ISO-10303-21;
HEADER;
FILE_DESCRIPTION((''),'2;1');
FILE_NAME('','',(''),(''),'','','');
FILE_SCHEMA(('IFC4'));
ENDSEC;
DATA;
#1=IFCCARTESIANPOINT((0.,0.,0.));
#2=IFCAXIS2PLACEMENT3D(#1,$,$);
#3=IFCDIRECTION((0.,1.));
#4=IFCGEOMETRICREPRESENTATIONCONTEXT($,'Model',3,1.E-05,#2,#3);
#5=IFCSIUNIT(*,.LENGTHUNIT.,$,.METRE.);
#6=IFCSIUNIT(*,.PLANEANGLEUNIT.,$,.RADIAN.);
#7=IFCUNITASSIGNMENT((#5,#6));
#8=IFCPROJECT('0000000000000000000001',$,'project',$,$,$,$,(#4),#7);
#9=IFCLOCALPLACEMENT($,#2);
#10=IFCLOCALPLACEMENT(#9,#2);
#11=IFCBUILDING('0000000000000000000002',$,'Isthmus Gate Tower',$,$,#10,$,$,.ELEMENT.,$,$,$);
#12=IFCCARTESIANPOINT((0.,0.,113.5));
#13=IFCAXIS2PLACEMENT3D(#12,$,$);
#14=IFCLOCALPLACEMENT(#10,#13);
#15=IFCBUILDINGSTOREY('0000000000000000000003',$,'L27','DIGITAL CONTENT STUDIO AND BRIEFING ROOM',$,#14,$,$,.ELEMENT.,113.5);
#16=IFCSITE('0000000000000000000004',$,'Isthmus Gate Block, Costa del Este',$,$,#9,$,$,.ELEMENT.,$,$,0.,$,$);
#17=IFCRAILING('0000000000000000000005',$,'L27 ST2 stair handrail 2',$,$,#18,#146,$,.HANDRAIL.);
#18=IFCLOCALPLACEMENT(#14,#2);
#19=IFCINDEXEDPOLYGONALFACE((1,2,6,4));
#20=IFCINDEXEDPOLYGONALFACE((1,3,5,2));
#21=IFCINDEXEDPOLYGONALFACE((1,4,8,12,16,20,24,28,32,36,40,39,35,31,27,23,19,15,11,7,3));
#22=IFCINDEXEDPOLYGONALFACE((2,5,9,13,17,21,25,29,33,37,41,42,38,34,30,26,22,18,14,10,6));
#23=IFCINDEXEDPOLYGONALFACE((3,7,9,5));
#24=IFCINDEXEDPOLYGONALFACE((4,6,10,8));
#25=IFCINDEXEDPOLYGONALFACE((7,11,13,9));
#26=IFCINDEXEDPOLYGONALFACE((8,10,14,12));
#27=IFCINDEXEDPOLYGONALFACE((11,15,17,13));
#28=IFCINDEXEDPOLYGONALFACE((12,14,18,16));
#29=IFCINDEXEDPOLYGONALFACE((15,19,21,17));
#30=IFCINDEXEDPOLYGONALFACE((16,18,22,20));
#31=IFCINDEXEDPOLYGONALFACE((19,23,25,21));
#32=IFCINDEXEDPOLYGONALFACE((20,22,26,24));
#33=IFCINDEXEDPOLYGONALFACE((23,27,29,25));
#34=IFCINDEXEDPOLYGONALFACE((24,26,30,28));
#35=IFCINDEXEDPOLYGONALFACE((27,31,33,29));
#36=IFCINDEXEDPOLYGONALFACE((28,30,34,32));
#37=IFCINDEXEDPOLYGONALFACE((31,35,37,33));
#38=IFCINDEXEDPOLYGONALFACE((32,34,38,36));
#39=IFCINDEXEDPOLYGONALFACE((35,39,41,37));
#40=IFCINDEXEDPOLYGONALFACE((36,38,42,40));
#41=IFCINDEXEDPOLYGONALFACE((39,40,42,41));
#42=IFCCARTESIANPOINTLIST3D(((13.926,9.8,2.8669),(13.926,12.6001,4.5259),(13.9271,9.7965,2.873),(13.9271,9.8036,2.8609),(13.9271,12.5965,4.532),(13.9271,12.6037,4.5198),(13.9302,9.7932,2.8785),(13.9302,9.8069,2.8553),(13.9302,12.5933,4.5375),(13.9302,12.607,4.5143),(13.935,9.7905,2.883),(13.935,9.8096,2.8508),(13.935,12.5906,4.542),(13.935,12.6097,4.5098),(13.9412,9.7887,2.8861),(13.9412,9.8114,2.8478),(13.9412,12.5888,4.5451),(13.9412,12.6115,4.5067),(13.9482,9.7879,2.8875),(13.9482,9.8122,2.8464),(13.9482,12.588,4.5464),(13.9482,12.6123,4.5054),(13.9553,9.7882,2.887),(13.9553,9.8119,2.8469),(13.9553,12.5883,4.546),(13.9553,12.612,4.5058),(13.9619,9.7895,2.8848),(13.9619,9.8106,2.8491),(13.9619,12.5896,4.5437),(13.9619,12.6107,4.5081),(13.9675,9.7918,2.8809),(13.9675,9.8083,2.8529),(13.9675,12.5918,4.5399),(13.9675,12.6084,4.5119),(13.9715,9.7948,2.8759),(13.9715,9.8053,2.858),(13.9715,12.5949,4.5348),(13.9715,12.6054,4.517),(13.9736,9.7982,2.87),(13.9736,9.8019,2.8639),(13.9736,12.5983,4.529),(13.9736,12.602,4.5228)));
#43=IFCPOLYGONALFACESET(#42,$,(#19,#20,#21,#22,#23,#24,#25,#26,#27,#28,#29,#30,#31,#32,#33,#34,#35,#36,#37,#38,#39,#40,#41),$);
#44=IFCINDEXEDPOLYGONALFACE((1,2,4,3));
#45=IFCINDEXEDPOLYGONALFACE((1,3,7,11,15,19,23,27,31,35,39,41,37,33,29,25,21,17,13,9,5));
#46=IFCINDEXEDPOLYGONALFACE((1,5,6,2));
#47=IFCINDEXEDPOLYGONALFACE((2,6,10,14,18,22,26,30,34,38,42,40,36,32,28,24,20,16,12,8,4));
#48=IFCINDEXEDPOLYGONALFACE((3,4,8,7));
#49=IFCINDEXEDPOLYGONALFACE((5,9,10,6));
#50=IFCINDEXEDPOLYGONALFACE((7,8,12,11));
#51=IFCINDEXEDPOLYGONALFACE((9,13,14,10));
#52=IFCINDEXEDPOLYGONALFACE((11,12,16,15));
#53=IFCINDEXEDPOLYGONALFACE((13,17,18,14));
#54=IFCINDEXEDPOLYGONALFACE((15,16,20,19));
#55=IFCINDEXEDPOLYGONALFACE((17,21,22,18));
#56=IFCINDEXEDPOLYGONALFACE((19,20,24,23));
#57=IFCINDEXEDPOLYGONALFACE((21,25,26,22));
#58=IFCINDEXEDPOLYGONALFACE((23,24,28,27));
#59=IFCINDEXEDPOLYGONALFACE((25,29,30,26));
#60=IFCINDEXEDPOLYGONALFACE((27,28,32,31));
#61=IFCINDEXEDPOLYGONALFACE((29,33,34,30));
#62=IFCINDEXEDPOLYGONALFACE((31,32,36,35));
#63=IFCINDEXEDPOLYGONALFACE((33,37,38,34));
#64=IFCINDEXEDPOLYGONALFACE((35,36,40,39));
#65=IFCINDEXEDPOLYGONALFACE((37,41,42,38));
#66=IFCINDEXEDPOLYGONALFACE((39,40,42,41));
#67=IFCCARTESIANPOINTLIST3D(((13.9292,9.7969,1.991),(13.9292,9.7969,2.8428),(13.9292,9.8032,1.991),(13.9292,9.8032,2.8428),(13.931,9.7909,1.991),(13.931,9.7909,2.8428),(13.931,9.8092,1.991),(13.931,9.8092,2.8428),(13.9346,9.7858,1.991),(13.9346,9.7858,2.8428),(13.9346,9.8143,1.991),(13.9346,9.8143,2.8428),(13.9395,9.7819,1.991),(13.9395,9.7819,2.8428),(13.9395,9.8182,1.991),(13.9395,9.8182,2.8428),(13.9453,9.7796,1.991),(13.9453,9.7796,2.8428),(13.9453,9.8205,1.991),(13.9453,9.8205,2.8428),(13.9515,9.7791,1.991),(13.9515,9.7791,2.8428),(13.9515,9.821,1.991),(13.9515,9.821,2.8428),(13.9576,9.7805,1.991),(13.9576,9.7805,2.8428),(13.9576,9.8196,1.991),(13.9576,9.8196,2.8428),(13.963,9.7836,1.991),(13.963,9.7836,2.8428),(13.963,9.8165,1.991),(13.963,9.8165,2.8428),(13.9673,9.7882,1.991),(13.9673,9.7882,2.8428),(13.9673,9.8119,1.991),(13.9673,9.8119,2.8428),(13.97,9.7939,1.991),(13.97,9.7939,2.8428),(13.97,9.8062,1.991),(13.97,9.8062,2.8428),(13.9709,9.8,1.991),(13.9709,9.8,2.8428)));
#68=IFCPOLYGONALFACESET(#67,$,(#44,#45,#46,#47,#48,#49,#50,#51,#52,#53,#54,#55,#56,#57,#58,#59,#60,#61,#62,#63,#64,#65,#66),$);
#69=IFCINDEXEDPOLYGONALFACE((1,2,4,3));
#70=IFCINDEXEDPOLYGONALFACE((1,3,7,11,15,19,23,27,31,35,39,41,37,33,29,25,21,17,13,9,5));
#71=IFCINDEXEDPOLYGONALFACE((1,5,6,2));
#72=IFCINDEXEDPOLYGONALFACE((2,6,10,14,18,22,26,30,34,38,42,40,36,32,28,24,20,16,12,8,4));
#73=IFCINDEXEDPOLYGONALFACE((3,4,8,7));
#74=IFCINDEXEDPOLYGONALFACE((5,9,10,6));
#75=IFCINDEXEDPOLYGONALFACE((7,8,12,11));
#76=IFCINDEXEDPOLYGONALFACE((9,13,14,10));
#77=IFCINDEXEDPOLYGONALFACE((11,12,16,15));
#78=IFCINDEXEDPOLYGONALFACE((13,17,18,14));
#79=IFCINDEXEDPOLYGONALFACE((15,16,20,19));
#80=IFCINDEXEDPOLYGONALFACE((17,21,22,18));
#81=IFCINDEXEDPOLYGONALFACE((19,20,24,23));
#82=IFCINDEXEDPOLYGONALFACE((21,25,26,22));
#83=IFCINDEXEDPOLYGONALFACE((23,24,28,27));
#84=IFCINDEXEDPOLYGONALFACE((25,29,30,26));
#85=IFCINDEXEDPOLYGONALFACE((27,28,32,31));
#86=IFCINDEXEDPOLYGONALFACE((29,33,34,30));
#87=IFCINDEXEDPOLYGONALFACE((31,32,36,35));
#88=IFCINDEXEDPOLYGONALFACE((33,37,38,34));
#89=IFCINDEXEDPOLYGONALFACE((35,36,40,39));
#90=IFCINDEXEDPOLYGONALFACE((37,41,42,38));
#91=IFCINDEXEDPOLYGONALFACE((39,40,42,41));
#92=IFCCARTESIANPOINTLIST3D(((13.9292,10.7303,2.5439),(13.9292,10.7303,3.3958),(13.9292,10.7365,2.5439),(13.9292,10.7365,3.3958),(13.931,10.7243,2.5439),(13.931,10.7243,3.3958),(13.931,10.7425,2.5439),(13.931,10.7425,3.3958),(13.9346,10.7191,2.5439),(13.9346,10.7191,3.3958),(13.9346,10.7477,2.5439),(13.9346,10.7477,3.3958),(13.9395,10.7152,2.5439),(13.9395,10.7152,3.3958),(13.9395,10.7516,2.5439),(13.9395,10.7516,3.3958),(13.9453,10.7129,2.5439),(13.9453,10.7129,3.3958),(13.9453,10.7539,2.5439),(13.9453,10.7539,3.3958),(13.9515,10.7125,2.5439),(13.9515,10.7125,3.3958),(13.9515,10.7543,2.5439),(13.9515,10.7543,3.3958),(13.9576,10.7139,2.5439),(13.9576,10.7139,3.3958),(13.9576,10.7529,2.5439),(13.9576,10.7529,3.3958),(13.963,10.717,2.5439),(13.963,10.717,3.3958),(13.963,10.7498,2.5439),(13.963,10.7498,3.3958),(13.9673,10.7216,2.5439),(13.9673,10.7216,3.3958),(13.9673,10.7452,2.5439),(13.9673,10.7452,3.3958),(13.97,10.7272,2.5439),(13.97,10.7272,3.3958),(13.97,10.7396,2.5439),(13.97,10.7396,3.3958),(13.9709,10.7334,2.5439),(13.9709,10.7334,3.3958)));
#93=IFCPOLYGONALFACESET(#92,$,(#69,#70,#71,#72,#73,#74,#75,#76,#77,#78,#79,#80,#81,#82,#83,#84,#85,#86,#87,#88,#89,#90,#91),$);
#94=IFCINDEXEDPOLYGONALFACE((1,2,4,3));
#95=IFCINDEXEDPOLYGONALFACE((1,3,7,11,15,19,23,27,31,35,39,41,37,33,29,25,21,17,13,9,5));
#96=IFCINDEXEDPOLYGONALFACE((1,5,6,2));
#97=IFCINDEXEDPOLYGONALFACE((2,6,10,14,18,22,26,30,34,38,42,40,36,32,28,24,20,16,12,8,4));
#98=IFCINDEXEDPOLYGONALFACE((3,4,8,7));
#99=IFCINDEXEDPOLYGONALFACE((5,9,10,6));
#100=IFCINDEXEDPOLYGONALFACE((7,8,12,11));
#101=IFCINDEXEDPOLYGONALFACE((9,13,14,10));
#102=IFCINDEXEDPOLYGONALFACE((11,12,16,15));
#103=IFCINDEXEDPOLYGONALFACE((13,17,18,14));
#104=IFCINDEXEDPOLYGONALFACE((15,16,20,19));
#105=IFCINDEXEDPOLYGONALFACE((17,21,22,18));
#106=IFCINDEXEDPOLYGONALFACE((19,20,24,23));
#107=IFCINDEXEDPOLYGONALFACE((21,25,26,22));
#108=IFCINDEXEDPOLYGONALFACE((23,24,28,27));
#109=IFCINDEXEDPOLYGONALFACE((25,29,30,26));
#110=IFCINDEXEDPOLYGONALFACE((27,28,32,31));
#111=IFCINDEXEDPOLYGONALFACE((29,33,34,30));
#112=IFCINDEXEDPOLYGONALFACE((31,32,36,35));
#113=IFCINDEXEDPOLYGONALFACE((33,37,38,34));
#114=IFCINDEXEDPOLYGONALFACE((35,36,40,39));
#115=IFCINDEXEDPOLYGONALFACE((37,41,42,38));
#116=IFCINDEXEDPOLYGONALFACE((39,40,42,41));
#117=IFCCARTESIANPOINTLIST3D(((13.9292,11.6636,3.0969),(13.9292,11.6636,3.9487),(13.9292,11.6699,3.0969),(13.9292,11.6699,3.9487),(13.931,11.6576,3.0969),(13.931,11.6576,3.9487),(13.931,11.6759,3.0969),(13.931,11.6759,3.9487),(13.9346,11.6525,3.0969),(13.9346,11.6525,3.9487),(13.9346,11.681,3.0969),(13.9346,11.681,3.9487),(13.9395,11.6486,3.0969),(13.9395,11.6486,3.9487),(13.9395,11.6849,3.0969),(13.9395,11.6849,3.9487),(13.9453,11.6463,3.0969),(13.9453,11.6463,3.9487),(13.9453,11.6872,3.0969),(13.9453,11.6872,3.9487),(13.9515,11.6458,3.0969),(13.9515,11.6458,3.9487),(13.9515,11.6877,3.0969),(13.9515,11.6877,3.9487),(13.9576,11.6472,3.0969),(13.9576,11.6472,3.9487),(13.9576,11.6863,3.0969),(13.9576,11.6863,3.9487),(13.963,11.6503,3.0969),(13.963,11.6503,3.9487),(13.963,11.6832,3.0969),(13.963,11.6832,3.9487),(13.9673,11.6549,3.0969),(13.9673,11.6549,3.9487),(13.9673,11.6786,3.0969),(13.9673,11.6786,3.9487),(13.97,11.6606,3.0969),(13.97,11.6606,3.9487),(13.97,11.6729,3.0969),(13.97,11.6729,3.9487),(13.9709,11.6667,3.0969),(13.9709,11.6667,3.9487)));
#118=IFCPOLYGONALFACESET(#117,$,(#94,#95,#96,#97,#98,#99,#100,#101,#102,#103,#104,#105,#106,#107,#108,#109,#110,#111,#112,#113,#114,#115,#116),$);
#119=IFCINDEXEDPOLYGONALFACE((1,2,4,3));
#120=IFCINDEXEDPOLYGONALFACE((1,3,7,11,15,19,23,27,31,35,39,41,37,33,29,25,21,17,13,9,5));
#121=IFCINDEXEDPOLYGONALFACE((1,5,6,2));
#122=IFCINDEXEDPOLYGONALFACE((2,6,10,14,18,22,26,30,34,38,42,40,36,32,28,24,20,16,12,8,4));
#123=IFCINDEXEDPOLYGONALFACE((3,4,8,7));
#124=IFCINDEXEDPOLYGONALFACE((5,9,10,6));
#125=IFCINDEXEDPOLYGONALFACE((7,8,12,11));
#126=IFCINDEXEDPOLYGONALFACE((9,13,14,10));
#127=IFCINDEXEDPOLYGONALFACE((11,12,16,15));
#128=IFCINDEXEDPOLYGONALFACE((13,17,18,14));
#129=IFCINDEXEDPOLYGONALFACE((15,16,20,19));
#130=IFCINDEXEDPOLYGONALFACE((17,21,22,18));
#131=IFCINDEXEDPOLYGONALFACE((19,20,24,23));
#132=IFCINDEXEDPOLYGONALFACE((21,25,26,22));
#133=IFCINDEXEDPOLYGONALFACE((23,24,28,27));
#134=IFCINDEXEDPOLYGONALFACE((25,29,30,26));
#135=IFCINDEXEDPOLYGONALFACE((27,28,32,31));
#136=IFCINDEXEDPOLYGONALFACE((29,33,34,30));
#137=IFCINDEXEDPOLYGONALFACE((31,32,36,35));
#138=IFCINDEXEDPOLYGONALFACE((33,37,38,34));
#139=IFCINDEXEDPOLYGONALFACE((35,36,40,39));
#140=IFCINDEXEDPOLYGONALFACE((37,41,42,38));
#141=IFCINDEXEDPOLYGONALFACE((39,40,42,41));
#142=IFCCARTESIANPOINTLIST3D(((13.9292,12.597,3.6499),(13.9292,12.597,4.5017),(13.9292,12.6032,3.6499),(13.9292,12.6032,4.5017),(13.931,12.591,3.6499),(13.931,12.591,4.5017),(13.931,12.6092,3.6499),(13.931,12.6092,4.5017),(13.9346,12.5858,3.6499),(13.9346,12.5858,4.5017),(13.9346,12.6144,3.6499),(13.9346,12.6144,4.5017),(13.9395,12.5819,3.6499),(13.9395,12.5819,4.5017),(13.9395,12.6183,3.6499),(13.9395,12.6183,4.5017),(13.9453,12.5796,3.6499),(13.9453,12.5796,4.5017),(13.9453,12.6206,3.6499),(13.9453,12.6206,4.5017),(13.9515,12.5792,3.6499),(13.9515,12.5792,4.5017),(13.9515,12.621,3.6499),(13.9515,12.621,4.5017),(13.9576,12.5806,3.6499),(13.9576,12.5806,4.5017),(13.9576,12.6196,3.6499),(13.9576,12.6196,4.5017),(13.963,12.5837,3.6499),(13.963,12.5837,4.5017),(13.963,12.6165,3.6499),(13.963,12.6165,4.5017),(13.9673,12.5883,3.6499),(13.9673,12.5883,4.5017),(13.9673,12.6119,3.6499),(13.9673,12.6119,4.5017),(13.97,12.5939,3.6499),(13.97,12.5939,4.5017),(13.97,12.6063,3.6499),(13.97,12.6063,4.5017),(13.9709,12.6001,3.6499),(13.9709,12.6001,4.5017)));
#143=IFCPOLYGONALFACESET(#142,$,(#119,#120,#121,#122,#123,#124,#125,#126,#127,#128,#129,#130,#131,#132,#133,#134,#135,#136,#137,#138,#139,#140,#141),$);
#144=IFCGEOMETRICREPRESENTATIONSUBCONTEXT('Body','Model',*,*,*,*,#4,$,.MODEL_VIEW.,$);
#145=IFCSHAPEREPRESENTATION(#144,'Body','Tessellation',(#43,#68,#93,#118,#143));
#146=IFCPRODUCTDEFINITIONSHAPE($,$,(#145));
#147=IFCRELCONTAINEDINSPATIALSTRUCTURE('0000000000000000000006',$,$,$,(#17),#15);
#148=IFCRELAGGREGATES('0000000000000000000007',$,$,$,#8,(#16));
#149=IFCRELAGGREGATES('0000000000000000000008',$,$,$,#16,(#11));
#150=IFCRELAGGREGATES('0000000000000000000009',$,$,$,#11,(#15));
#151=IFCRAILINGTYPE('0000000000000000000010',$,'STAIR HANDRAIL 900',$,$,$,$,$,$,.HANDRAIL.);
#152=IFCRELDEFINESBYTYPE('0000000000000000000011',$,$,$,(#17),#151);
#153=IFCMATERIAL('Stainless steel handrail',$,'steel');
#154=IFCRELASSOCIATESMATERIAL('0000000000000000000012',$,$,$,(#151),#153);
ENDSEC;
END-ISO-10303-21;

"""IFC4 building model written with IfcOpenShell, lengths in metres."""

from ifc_helpers import new_model, si_unit, direction, frame, origin, origin_2d, place, context, subcontext, project, spatial, circle, extrude, material, type_object, element, save


model = new_model("IFC4")

# Units and contexts
model_context = context("Model", 3, precision=1e-05, world=origin(), true_north=direction((0.0, 1.0)))
body_context = subcontext(model_context, "Body", "Model", "MODEL_VIEW")
ifc_project = project(units=[si_unit("LENGTHUNIT", "METRE"), si_unit("PLANEANGLEUNIT", "RADIAN")], contexts=[model_context])

# Site, building, storey
site_placement = place(None, origin())
site = spatial("IfcSite", under=ifc_project, at=site_placement, Name="Isthmus Gate Block, Costa del Este", CompositionType="ELEMENT", RefElevation=0.0)
building_placement = place(site_placement, origin())
building = spatial("IfcBuilding", under=site, at=building_placement, Name="Isthmus Gate Tower", CompositionType="ELEMENT")
storey_placement = place(building_placement, frame((0.0, 0.0, 113.5)))
storey = spatial("IfcBuildingStorey", under=building, at=storey_placement, Name="L27", Description="DIGITAL CONTENT STUDIO AND BRIEFING ROOM", CompositionType="ELEMENT", Elevation=113.5)

# Railing
ifc_material_1 = material(Name="Stainless steel handrail", Category="steel")
railing_type_1 = type_object("IfcRailingType", Name="STAIR HANDRAIL 900", PredefinedType="HANDRAIL", material=ifc_material_1)
for number, where, name in (
    (1, (13.95, 9.8, 1.991), "L27 ST2 stair handrail 2"),
):
    element("IfcRailing", number, at=place(storey_placement, frame(where)), inside=storey, type_object=railing_type_1, Name=name, PredefinedType="HANDRAIL", context=body_context, shape_type="SweptSolid", body=[
        extrude(circle(Radius=0.0239, at=origin_2d()), frame((0.0, 0.0, 0.876), z_axis=(0.0, 0.860339, 0.509722), x_axis=(-1.0, 0.0, 0.0)), (0.0, 0.0, 1.0), 3.2546),
        extrude(circle(Radius=0.021, at=origin_2d()), origin(), (0.0, 0.0, 1.0), 0.8518),
        extrude(circle(Radius=0.021, at=origin_2d()), frame((0.0, 0.9333, 0.553)), (0.0, 0.0, 1.0), 0.8518),
        extrude(circle(Radius=0.021, at=origin_2d()), frame((0.0, 1.8667, 1.106)), (0.0, 0.0, 1.0), 0.8518),
        extrude(circle(Radius=0.021, at=origin_2d()), frame((0.0, 2.8, 1.6589)), (0.0, 0.0, 1.0), 0.8518),
    ])

save(model, "model.ifc")
